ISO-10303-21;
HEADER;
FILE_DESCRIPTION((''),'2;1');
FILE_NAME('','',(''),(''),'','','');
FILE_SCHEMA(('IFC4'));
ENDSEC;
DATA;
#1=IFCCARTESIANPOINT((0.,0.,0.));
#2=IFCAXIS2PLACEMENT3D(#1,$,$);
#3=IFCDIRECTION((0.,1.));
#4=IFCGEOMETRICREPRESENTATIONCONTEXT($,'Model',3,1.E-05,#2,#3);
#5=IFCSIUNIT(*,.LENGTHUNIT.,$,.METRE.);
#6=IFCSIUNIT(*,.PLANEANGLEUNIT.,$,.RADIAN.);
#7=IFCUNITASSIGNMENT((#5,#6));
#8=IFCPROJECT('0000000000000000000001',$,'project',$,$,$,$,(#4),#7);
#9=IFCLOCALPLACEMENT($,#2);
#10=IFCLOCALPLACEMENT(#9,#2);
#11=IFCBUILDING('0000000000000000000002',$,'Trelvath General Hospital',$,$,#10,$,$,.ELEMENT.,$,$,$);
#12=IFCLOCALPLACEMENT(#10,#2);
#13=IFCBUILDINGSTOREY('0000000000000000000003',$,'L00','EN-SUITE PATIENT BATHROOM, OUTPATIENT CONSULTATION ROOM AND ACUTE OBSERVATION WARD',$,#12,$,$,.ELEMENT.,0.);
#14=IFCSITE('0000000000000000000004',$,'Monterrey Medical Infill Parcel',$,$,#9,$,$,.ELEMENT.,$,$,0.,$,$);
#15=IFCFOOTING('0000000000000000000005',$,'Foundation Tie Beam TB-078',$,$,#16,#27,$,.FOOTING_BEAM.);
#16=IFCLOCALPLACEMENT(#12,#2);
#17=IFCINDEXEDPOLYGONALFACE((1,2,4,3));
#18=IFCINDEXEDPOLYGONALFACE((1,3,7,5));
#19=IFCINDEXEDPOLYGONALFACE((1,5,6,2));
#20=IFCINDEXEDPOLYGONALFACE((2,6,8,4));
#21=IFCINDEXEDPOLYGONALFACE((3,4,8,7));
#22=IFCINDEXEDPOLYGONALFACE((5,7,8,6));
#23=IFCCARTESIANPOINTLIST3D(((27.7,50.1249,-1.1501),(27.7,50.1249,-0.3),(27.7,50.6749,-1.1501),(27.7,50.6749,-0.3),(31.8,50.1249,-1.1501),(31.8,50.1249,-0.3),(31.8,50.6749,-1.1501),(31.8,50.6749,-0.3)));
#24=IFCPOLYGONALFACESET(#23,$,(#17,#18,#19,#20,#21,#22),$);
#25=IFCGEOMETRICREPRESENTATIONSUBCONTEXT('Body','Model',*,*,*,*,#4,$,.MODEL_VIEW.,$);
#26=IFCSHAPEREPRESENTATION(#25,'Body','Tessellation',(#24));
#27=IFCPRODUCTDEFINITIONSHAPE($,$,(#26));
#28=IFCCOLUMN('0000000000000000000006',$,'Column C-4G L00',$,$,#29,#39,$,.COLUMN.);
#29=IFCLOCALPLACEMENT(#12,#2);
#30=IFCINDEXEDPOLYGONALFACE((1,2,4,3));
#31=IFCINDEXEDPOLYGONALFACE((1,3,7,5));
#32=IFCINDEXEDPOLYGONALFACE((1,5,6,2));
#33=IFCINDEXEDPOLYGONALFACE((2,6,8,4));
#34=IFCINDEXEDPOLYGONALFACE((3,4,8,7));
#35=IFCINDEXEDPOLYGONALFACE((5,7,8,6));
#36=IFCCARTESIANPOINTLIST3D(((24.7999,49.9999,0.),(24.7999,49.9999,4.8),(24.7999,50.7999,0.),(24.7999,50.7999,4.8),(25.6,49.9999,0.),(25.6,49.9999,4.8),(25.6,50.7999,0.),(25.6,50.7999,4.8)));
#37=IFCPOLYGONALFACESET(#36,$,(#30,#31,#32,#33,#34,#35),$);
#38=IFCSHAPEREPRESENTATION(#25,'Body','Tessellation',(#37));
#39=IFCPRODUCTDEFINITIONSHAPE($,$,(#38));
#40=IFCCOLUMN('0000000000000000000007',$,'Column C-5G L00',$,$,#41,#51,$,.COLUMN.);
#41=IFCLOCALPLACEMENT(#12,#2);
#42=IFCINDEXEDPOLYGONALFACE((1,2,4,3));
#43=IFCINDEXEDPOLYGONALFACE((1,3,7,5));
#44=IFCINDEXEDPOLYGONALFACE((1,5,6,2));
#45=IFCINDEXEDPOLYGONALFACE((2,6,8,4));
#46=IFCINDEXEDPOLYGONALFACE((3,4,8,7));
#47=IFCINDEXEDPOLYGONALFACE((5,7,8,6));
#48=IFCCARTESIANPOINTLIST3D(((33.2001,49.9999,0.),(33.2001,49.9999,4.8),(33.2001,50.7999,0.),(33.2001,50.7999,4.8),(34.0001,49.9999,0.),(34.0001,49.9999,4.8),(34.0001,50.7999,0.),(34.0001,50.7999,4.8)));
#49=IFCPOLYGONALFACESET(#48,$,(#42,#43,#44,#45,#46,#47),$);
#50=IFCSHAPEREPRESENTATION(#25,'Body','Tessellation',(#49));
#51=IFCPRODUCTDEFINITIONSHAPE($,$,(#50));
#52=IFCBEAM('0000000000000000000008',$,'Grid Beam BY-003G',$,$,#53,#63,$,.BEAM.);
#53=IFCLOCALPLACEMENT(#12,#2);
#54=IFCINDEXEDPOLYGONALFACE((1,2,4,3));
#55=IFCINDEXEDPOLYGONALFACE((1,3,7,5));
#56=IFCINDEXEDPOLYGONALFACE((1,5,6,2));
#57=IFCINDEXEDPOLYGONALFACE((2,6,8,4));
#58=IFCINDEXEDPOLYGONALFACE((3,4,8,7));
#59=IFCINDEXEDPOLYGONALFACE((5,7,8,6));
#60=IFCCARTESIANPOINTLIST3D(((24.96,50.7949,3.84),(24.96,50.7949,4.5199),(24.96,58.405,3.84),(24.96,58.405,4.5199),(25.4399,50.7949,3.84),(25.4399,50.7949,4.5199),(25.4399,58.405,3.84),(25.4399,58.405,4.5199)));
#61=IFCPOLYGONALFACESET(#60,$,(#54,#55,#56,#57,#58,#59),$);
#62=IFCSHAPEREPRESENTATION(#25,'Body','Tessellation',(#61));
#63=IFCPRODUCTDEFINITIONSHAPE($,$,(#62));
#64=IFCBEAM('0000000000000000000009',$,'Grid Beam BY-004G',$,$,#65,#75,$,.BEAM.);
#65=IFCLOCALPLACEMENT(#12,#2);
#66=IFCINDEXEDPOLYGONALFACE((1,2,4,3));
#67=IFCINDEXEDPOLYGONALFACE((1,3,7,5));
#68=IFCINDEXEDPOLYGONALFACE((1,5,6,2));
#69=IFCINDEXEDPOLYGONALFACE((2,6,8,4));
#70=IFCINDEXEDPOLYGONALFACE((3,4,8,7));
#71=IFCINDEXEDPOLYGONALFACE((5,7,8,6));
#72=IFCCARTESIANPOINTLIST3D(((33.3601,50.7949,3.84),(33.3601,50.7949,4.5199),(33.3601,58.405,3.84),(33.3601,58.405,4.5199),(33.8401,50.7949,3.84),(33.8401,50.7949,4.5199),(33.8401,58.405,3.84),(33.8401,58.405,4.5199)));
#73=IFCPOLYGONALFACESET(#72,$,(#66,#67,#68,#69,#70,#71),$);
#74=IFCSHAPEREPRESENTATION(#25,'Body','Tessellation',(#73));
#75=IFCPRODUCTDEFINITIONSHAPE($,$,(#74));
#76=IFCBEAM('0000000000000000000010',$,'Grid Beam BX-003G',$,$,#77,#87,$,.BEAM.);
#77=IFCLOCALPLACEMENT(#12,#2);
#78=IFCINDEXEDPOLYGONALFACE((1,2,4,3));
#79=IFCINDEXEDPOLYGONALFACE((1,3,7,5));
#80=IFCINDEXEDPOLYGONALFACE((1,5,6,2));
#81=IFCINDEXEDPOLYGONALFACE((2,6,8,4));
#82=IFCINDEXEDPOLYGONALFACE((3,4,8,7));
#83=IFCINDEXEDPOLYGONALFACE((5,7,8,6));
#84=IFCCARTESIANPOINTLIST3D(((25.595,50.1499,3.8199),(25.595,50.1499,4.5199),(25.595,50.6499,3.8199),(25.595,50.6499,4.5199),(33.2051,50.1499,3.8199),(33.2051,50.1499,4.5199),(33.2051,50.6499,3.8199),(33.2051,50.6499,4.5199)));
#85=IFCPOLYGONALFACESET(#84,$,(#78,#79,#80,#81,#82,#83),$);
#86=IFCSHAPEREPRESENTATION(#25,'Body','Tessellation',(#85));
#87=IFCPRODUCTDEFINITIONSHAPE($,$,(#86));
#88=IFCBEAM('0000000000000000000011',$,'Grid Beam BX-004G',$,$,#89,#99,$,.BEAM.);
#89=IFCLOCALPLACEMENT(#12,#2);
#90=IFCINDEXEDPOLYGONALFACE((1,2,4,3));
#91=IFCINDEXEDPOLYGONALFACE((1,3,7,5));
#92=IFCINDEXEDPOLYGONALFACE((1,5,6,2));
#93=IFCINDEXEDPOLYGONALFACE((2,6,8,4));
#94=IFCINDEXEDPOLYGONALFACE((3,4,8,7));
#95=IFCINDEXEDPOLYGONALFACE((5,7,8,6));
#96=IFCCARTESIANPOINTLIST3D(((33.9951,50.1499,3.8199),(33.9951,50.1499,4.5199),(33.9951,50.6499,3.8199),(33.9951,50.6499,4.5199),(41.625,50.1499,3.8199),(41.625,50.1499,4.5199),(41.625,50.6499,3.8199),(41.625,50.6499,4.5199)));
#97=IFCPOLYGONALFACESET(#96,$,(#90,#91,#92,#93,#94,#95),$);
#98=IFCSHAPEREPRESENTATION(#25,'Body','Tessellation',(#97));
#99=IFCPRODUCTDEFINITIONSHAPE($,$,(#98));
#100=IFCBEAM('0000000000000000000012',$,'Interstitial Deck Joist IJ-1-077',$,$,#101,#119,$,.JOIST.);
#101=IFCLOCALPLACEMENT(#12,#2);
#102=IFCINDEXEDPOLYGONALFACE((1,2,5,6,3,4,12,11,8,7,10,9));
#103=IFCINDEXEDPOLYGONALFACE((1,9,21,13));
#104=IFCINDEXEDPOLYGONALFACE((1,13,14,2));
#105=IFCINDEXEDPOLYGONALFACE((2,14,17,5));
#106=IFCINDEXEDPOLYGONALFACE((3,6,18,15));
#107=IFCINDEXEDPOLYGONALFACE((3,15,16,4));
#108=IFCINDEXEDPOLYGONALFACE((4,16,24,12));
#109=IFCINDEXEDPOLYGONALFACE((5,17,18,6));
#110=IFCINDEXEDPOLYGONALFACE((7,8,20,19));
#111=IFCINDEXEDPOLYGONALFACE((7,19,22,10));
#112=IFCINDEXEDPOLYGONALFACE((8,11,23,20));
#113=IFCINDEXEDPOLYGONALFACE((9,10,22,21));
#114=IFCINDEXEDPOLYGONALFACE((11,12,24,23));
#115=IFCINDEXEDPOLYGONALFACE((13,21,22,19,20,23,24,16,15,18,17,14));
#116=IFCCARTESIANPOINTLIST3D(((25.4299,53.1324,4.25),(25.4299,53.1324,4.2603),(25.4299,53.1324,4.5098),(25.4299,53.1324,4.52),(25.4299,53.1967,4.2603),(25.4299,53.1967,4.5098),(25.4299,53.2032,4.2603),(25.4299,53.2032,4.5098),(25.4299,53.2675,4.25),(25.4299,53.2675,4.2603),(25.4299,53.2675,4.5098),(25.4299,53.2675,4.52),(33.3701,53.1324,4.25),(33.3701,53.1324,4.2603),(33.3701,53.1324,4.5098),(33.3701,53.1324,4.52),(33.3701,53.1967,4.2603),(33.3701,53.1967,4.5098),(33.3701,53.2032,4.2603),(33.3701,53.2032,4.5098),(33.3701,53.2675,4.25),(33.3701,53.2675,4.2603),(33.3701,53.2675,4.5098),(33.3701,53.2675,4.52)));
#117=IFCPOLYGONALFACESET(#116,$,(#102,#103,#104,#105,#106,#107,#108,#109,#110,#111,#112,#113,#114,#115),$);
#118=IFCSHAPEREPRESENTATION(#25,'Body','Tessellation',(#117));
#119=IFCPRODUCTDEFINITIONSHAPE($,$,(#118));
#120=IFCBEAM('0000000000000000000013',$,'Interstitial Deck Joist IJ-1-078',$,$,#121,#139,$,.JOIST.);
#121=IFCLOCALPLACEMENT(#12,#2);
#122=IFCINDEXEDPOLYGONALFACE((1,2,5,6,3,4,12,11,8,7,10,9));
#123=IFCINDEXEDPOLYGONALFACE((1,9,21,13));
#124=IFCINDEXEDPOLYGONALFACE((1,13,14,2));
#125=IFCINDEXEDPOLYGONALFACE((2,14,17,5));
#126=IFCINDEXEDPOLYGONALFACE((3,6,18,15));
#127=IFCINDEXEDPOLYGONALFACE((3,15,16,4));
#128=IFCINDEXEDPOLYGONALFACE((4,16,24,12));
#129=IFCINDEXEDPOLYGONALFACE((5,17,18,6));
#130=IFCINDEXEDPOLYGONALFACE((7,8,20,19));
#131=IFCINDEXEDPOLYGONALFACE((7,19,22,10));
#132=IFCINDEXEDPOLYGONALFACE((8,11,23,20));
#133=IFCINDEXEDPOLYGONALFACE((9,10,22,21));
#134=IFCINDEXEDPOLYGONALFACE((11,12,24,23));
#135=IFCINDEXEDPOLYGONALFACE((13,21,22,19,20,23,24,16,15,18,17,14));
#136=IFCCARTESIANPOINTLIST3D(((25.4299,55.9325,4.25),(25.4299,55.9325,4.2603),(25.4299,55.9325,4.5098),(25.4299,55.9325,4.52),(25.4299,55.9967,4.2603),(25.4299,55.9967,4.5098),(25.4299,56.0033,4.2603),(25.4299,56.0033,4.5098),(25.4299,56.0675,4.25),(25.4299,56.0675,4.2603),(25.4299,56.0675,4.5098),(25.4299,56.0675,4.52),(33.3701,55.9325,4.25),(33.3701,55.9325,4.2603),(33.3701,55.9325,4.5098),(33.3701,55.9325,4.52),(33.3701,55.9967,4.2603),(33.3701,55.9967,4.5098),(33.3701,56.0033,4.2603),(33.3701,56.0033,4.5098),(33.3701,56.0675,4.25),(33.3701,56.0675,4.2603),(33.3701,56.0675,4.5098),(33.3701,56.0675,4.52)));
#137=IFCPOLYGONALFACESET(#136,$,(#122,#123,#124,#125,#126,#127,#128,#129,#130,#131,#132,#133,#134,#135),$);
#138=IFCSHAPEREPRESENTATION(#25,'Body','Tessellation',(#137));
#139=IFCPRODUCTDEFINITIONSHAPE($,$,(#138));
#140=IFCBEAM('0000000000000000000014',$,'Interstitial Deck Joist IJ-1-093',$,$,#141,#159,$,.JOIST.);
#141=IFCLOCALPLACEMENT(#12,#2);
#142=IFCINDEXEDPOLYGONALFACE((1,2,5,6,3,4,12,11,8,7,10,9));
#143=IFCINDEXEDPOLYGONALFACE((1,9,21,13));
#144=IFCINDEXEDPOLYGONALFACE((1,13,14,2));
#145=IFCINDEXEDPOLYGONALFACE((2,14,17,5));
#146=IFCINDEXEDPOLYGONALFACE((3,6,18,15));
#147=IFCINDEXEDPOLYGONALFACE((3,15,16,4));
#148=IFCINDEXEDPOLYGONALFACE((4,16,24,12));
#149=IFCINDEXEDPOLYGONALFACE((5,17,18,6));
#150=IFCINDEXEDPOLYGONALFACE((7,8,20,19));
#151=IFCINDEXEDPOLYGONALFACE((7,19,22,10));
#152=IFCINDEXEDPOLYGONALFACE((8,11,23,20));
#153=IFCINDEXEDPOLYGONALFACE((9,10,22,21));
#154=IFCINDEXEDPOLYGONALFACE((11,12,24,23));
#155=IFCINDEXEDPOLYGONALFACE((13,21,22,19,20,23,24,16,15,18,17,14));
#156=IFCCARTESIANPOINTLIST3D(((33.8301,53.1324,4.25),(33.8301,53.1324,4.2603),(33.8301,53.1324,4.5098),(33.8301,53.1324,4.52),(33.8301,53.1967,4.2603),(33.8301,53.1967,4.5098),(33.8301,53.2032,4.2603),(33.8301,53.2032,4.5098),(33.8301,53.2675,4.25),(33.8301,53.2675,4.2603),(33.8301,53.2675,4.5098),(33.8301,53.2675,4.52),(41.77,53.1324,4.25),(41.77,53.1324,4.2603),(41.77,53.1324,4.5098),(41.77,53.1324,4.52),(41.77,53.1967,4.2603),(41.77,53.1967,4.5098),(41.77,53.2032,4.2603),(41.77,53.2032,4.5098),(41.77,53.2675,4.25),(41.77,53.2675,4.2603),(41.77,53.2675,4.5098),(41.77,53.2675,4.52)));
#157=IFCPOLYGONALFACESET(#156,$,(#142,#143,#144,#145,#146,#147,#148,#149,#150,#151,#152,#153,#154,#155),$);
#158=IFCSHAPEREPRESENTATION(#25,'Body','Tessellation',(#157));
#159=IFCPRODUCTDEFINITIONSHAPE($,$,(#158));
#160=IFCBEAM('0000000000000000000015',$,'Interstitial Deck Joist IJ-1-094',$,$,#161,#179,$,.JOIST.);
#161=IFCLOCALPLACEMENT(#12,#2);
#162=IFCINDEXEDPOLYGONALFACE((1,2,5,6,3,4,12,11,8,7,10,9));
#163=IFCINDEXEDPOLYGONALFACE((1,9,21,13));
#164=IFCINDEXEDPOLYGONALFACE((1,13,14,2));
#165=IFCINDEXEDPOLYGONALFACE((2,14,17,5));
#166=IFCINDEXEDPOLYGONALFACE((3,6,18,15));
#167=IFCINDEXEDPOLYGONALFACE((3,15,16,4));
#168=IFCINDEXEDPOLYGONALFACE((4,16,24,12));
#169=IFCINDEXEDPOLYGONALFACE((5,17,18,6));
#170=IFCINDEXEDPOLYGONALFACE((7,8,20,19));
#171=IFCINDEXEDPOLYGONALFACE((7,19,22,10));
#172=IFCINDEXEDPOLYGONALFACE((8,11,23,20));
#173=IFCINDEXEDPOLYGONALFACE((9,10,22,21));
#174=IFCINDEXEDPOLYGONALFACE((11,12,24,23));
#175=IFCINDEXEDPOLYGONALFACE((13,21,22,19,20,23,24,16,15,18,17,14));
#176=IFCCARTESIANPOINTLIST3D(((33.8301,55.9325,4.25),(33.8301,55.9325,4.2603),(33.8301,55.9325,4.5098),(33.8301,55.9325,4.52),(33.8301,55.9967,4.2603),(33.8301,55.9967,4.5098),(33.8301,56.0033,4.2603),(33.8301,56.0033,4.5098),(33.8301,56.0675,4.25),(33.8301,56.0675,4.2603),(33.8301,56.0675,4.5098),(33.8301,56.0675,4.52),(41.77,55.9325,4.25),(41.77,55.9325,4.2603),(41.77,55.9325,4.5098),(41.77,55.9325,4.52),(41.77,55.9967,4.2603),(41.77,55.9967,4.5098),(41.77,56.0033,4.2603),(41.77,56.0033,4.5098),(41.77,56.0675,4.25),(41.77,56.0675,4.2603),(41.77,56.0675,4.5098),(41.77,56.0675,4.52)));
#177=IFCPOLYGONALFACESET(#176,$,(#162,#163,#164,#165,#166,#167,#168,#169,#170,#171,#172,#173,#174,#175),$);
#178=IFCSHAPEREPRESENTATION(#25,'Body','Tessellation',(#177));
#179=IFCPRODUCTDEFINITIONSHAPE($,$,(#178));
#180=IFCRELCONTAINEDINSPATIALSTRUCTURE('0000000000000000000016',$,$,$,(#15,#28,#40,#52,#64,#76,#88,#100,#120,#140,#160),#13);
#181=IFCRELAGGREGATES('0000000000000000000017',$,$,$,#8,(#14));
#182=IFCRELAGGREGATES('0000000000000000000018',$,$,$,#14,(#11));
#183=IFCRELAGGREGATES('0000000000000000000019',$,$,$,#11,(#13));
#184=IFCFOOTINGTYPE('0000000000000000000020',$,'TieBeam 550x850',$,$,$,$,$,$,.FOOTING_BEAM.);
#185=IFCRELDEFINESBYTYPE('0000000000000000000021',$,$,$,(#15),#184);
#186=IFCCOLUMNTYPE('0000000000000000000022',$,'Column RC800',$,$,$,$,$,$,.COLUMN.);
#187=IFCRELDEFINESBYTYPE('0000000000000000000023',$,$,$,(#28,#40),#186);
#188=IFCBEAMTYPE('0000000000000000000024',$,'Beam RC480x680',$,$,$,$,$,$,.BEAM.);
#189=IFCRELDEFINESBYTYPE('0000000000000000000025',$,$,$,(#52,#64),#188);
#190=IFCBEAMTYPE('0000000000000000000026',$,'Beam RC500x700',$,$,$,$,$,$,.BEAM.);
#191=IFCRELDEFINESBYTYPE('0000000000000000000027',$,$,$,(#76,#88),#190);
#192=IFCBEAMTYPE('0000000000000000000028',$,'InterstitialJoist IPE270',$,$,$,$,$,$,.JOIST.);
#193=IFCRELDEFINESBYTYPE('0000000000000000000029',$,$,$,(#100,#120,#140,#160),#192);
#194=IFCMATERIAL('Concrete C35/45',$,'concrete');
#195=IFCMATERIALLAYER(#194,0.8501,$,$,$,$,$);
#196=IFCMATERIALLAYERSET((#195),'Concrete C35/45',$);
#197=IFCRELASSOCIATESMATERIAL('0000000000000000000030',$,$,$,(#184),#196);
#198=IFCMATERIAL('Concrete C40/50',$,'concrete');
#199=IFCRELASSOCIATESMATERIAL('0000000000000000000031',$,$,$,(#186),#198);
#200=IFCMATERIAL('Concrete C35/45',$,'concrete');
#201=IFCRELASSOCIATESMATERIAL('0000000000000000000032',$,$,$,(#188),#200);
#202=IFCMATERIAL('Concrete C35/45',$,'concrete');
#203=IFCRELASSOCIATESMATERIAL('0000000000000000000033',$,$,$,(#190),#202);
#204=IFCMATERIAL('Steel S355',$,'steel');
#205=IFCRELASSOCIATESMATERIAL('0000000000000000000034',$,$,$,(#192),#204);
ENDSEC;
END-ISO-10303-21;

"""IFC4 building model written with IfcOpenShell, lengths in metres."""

from ifc_helpers import new_model, si_unit, direction, frame, origin, origin_2d, place, context, subcontext, project, spatial, rectangle, i_section, extrude, material, layer, layer_set, material_profile, profile_set, type_object, element, save


model = new_model("IFC4")

# Units and contexts
model_context = context("Model", 3, precision=1e-05, world=origin(), true_north=direction((0.0, 1.0)))
body_context = subcontext(model_context, "Body", "Model", "MODEL_VIEW")
ifc_project = project(units=[si_unit("LENGTHUNIT", "METRE"), si_unit("PLANEANGLEUNIT", "RADIAN")], contexts=[model_context])

# Site, building, storey
site_placement = place(None, origin())
site = spatial("IfcSite", under=ifc_project, at=site_placement, Name="Monterrey Medical Infill Parcel", CompositionType="ELEMENT", RefElevation=0.0)
building_placement = place(site_placement, origin())
building = spatial("IfcBuilding", under=site, at=building_placement, Name="Trelvath General Hospital", CompositionType="ELEMENT")
storey_placement = place(building_placement, origin())
storey = spatial("IfcBuildingStorey", under=building, at=storey_placement, Name="L00", Description="EN-SUITE PATIENT BATHROOM, OUTPATIENT CONSULTATION ROOM AND ACUTE OBSERVATION WARD", CompositionType="ELEMENT", Elevation=0.0)

# Footing
ifc_material_1 = material(Name="Concrete C35/45", Category="concrete")
ifc_layer_1 = layer(ifc_material_1, 0.8501)
ifc_layer_set_1 = layer_set([ifc_layer_1], Name="Concrete C35/45")
footing_type_1 = type_object("IfcFootingType", Name="TieBeam 550x850", PredefinedType="FOOTING_BEAM", material=ifc_layer_set_1)
footing_1_placement = place(storey_placement, frame((29.75, 50.3999, -1.1501), z_axis=(0.0, 0.0, 1.0), x_axis=(1.0, 0.0, 0.0)))
element("IfcFooting", 1, at=footing_1_placement, inside=storey, type_object=footing_type_1, Name="Foundation Tie Beam TB-078", PredefinedType="FOOTING_BEAM", context=body_context, shape_type="SweptSolid", body=[
    extrude(rectangle(XDim=4.1001, YDim=0.55, at=origin_2d()), origin(), (0.0, 0.0, 1.0), 0.8501),
])

# Columns
ifc_material_2 = material(Name="Concrete C40/50", Category="concrete")
ifc_material_profile_1 = material_profile(ifc_material_2, rectangle(XDim=0.8, YDim=0.8, at=origin_2d()), Name="RC800x800")
ifc_profile_set_1 = profile_set([ifc_material_profile_1], Name="Concrete C40/50")
column_type = type_object("IfcColumnType", Name="Column RC800", PredefinedType="COLUMN", material=ifc_profile_set_1)
for number, where, z_axis, x_axis, name in (
    (2, (25.2, 50.3999, 0.0), (0.0, 0.0, 1.0), (1.0, 0.0, 0.0), "Column C-4G L00"),
    (3, (33.6001, 50.3999, 0.0), (0.0, 0.0, 1.0), (1.0, 0.0, 0.0), "Column C-5G L00"),
):
    element("IfcColumn", number, at=place(storey_placement, frame(where, z_axis=z_axis, x_axis=x_axis)), inside=storey, type_object=column_type, Name=name, PredefinedType="COLUMN", context=body_context, shape_type="SweptSolid", body=[
        extrude(rectangle(XDim=0.8, YDim=0.8, at=origin_2d()), origin(), (0.0, 0.0, 1.0), 4.8),
    ])

# Beams
ifc_material_3 = material(Name="Concrete C35/45", Category="concrete")
ifc_material_profile_2 = material_profile(ifc_material_3, rectangle(XDim=0.48, YDim=0.6799, at=origin_2d()), Name="RCB480x680")
ifc_profile_set_2 = profile_set([ifc_material_profile_2], Name="Concrete C35/45")
beam_type_1 = type_object("IfcBeamType", Name="Beam RC480x680", PredefinedType="BEAM", material=ifc_profile_set_2)
for number, where, z_axis, x_axis, name in (
    (4, (25.2, 50.7949, 4.1799), (0.0, 1.0, 0.0), (-1.0, 0.0, 0.0), "Grid Beam BY-003G"),
    (5, (33.6001, 50.7949, 4.1799), (0.0, 1.0, 0.0), (-1.0, 0.0, 0.0), "Grid Beam BY-004G"),
):
    element("IfcBeam", number, at=place(storey_placement, frame(where, z_axis=z_axis, x_axis=x_axis)), inside=storey, type_object=beam_type_1, Name=name, PredefinedType="BEAM", context=body_context, shape_type="SweptSolid", body=[
        extrude(rectangle(XDim=0.48, YDim=0.6799, at=origin_2d()), origin(), (0.0, 0.0, 1.0), 7.6101),
    ])
ifc_material_4 = material(Name="Concrete C35/45", Category="concrete")
ifc_material_profile_3 = material_profile(ifc_material_4, rectangle(XDim=0.5, YDim=0.7, at=origin_2d()), Name="RCB500x700")
ifc_profile_set_3 = profile_set([ifc_material_profile_3], Name="Concrete C35/45")
beam_type_2 = type_object("IfcBeamType", Name="Beam RC500x700", PredefinedType="BEAM", material=ifc_profile_set_3)
beam_1_placement = place(storey_placement, frame((25.595, 50.3999, 4.1699), z_axis=(1.0, 0.0, 0.0), x_axis=(0.0, 1.0, 0.0)))
element("IfcBeam", 6, at=beam_1_placement, inside=storey, type_object=beam_type_2, Name="Grid Beam BX-003G", PredefinedType="BEAM", context=body_context, shape_type="SweptSolid", body=[
    extrude(rectangle(XDim=0.5, YDim=0.7, at=origin_2d()), origin(), (0.0, 0.0, 1.0), 7.6101),
])
beam_2_placement = place(storey_placement, frame((33.9951, 50.3999, 4.1699), z_axis=(1.0, 0.0, 0.0), x_axis=(0.0, 1.0, 0.0)))
element("IfcBeam", 7, at=beam_2_placement, inside=storey, type_object=beam_type_2, Name="Grid Beam BX-004G", PredefinedType="BEAM", context=body_context, shape_type="SweptSolid", body=[
    extrude(rectangle(XDim=0.5, YDim=0.7, at=origin_2d()), origin(), (0.0, 0.0, 1.0), 7.6299),
])
ifc_material_5 = material(Name="Steel S355", Category="steel")
ifc_material_profile_4 = material_profile(ifc_material_5, i_section(OverallWidth=0.135, OverallDepth=0.27, WebThickness=0.0066, FlangeThickness=0.0103, at=origin_2d()), Name="IPE270")
ifc_profile_set_4 = profile_set([ifc_material_profile_4], Name="Steel S355")
beam_type_3 = type_object("IfcBeamType", Name="InterstitialJoist IPE270", PredefinedType="JOIST", material=ifc_profile_set_4)
for number, where, z_axis, x_axis, name in (
    (8, (25.4299, 53.2, 4.385), (1.0, 0.0, 0.0), (0.0, 1.0, 0.0), "Interstitial Deck Joist IJ-1-077"),
    (9, (25.4299, 56.0, 4.385), (1.0, 0.0, 0.0), (0.0, 1.0, 0.0), "Interstitial Deck Joist IJ-1-078"),
):
    element("IfcBeam", number, at=place(storey_placement, frame(where, z_axis=z_axis, x_axis=x_axis)), inside=storey, type_object=beam_type_3, Name=name, PredefinedType="JOIST", context=body_context, shape_type="SweptSolid", body=[
        extrude(i_section(OverallWidth=0.135, OverallDepth=0.27, WebThickness=0.0066, FlangeThickness=0.0103, at=origin_2d()), origin(), (0.0, 0.0, 1.0), 7.9402),
    ])
for number, where, z_axis, x_axis, name in (
    (10, (33.8301, 53.2, 4.385), (1.0, 0.0, 0.0), (0.0, 1.0, 0.0), "Interstitial Deck Joist IJ-1-093"),
    (11, (33.8301, 56.0, 4.385), (1.0, 0.0, 0.0), (0.0, 1.0, 0.0), "Interstitial Deck Joist IJ-1-094"),
):
    element("IfcBeam", number, at=place(storey_placement, frame(where, z_axis=z_axis, x_axis=x_axis)), inside=storey, type_object=beam_type_3, Name=name, PredefinedType="JOIST", context=body_context, shape_type="SweptSolid", body=[
        extrude(i_section(OverallWidth=0.135, OverallDepth=0.27, WebThickness=0.0066, FlangeThickness=0.0103, at=origin_2d()), origin(), (0.0, 0.0, 1.0), 7.9399),
    ])

save(model, "model.ifc")
